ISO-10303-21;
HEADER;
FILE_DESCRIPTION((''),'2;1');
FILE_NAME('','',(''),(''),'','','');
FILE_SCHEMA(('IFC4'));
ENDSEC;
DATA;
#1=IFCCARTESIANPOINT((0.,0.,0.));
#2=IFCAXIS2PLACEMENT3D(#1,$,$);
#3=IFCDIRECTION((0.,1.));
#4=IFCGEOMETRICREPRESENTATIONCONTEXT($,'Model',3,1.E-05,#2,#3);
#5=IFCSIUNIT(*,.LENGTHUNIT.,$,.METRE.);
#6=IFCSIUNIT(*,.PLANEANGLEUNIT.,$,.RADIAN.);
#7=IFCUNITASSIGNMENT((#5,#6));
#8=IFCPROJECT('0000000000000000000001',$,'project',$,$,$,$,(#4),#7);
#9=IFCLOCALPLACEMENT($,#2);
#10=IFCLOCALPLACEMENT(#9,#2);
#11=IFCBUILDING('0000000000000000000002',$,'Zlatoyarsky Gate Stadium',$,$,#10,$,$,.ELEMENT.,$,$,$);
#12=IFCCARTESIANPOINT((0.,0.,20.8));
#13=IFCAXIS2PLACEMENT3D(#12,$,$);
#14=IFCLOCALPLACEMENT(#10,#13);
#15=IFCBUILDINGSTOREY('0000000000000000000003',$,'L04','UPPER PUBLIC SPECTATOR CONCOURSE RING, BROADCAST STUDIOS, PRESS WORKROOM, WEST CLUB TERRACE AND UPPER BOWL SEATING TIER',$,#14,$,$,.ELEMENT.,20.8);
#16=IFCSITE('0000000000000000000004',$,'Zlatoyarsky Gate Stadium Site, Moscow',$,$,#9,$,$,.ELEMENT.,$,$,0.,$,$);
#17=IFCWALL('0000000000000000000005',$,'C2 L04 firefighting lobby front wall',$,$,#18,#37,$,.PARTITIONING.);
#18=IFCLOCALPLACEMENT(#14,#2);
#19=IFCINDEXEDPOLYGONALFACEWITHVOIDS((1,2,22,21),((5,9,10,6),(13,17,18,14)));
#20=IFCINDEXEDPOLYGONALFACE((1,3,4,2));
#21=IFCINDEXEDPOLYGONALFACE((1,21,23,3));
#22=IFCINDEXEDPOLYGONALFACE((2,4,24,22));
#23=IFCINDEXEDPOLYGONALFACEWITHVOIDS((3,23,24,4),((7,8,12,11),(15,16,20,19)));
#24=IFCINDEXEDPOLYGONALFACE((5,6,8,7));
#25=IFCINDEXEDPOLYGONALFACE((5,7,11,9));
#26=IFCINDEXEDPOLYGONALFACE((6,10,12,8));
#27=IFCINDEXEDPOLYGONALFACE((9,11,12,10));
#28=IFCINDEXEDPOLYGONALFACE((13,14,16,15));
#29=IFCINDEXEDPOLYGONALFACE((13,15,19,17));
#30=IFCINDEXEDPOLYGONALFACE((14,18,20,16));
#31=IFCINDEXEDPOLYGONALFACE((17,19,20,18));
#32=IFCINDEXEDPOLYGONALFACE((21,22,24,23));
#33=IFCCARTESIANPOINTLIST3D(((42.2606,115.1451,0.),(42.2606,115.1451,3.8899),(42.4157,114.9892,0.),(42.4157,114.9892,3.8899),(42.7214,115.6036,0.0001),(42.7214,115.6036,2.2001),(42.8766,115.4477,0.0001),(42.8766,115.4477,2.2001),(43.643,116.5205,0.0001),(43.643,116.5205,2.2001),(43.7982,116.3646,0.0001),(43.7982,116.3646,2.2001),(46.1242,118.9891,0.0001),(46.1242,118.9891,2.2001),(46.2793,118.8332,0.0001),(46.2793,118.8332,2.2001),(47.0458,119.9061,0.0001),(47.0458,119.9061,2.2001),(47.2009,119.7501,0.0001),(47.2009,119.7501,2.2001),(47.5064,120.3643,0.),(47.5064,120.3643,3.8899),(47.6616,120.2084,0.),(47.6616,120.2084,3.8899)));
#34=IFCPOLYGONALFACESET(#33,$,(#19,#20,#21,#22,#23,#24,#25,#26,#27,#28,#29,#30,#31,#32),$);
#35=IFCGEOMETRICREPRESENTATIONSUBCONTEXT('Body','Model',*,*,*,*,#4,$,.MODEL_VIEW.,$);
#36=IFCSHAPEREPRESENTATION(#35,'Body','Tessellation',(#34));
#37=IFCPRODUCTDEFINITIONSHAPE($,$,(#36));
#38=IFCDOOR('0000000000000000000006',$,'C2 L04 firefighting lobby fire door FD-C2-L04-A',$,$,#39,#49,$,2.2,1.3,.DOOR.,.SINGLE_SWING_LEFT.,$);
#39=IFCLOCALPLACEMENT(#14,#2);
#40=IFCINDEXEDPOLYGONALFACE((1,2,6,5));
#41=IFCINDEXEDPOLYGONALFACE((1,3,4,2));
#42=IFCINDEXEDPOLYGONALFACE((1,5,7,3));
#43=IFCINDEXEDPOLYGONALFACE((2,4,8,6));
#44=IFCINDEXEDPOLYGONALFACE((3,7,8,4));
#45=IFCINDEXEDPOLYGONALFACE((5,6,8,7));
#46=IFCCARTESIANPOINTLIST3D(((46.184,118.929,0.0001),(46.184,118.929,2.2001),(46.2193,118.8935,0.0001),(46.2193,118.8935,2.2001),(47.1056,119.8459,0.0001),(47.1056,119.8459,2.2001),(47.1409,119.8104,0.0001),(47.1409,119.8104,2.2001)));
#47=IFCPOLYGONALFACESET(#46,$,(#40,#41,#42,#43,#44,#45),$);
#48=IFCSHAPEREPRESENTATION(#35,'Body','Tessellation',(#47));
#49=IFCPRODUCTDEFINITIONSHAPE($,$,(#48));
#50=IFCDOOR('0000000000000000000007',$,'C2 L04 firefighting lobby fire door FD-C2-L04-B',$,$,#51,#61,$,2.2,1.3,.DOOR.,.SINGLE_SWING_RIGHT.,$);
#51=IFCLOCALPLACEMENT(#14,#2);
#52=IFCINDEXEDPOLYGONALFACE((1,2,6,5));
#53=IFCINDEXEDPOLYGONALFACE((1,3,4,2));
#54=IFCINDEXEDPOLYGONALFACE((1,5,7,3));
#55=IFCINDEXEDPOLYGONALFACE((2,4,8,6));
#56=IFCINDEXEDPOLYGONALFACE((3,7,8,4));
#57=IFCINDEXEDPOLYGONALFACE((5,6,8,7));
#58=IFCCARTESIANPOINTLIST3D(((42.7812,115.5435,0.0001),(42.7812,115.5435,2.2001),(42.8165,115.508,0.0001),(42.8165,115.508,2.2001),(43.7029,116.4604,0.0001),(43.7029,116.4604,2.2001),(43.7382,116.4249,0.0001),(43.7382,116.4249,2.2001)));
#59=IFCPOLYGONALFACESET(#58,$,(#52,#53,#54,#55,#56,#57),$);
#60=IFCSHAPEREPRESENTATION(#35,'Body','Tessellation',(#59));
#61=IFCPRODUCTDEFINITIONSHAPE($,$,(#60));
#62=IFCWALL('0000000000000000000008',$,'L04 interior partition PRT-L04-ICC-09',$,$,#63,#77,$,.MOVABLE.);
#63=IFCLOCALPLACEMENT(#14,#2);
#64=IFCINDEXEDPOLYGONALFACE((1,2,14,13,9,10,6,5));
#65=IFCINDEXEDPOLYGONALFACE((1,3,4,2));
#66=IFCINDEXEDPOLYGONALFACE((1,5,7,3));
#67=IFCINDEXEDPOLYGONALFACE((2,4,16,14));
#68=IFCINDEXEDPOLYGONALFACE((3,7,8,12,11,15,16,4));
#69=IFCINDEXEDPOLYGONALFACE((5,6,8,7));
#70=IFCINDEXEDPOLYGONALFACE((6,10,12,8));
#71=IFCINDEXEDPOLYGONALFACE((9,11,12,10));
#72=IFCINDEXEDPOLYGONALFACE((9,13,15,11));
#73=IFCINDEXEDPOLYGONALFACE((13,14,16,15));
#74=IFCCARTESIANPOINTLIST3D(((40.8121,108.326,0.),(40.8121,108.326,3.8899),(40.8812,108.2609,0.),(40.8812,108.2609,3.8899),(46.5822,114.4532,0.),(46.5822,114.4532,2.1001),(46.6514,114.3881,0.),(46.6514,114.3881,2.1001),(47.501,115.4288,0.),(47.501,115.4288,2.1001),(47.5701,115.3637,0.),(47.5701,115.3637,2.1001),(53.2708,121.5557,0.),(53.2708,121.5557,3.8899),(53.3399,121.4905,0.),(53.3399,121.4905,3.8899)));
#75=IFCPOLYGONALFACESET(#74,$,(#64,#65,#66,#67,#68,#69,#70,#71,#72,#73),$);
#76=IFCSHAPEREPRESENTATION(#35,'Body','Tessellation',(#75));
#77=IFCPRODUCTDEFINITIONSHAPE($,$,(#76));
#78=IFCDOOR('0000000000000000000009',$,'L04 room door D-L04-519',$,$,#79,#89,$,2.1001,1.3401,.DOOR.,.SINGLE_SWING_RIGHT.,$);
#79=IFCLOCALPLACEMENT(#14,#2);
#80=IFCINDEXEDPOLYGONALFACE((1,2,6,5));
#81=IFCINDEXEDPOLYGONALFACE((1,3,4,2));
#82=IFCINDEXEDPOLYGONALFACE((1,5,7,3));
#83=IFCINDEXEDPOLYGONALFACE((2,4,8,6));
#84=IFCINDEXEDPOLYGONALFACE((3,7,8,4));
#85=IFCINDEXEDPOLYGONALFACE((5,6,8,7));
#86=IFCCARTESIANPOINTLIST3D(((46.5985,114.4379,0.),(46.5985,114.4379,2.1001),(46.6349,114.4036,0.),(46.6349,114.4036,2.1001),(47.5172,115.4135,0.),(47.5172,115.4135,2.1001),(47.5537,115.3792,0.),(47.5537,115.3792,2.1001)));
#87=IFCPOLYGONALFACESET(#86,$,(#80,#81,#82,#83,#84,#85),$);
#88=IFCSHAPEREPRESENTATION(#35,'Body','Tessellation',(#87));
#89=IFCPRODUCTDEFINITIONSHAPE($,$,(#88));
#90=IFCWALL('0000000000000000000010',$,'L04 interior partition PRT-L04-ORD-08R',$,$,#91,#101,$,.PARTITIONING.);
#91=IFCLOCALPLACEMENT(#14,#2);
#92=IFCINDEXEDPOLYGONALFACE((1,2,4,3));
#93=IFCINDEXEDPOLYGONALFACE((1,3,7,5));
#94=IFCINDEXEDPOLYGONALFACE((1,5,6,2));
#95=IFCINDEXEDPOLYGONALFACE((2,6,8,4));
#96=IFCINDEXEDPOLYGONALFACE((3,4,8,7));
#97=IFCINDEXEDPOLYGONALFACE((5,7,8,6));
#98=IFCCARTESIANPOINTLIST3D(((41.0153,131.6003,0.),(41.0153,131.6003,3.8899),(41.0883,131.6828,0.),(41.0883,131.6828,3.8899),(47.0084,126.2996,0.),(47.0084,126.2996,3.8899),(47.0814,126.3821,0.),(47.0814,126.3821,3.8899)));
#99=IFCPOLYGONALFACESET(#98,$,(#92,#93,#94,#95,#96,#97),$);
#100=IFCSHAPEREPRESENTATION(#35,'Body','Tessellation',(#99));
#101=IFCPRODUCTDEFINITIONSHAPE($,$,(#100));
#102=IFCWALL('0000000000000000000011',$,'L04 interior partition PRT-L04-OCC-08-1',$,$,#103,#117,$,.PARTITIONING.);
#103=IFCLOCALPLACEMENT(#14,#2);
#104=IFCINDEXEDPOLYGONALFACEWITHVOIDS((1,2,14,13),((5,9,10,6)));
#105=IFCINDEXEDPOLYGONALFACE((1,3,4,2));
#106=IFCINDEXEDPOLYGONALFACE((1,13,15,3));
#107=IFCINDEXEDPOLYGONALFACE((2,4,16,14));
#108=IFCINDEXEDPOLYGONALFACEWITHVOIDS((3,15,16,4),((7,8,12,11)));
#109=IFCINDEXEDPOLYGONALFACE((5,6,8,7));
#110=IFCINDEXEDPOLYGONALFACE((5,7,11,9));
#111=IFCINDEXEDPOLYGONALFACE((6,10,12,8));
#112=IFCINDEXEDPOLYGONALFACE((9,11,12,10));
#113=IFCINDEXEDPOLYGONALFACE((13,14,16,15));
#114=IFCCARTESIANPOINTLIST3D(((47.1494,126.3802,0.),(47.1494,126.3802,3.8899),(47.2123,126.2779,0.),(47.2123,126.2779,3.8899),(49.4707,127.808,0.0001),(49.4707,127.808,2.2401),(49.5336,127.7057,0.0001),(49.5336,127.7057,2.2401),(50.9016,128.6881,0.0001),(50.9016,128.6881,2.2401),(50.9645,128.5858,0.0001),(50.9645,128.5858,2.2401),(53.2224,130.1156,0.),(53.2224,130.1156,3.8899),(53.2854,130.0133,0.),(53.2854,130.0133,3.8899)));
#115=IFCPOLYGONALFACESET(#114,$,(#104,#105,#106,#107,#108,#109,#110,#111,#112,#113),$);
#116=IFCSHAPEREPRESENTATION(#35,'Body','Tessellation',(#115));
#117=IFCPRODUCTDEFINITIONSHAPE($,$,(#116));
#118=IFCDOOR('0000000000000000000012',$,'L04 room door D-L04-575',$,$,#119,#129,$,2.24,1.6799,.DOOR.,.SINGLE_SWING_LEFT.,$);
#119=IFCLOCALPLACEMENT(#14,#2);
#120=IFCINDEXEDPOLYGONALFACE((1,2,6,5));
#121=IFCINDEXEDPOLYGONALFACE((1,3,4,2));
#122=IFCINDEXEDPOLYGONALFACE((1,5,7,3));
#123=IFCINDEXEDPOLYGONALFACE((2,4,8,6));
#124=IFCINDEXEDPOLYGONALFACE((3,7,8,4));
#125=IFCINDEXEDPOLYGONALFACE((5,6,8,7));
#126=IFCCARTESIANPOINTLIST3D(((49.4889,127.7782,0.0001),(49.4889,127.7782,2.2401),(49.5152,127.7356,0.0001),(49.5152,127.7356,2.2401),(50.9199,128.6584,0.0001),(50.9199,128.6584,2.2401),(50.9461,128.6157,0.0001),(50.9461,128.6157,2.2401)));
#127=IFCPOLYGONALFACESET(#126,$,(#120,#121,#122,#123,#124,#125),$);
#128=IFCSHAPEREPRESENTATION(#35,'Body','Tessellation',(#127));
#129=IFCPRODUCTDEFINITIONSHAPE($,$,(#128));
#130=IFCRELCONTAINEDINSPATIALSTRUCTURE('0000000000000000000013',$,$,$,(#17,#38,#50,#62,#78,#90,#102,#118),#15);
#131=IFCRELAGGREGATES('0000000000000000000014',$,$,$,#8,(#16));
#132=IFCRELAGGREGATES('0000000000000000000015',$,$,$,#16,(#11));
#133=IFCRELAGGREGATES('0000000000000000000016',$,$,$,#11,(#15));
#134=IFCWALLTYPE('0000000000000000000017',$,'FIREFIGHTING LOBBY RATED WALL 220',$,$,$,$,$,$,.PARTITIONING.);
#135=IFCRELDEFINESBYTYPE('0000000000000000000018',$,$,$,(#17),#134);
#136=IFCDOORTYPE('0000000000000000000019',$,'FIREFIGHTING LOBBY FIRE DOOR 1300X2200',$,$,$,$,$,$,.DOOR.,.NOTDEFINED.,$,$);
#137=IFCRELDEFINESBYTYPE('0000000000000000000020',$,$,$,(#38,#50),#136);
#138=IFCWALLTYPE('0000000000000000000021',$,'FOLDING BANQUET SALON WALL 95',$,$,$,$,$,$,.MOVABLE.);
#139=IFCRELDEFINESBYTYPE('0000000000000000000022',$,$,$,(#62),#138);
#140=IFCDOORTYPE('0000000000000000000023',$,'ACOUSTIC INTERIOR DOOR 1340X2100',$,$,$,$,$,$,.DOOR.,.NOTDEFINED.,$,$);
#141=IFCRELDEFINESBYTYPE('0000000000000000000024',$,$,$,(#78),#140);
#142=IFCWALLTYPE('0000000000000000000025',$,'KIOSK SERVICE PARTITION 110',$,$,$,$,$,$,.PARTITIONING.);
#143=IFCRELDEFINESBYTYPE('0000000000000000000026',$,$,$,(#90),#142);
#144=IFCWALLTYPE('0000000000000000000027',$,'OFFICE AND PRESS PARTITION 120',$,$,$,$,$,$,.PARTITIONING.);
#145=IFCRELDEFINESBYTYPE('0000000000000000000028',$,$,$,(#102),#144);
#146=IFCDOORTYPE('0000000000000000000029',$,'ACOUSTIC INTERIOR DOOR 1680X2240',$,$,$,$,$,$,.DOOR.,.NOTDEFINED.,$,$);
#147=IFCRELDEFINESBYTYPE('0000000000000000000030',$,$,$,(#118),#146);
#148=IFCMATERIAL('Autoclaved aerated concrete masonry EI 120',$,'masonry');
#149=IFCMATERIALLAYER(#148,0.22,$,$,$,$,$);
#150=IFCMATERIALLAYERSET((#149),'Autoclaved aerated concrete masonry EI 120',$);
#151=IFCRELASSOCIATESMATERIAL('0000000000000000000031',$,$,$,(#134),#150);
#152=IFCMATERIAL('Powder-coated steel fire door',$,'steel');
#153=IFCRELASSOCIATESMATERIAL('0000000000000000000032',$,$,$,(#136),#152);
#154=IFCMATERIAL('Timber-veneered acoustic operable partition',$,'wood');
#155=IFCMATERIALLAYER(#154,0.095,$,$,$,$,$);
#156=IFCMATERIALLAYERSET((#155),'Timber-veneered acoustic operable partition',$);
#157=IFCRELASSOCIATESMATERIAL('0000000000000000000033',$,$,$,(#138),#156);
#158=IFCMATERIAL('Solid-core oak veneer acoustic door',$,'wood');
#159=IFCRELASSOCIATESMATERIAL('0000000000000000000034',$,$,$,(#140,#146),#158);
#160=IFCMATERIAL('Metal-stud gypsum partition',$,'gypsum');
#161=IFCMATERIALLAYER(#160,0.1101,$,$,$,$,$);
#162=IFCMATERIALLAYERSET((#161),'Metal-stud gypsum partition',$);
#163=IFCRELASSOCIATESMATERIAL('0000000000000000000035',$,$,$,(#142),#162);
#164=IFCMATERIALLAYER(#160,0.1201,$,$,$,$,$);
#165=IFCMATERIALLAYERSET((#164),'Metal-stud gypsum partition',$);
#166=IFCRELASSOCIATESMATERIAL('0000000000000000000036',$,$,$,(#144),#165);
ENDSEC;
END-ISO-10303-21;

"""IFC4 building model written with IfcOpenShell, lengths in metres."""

from ifc_helpers import new_model, si_unit, direction, frame, frame_2d, origin, place, context, subcontext, project, spatial, rectangle, extrude, material, layer, layer_set, type_object, element, fill, save


model = new_model("IFC4")

# Units and contexts
model_context = context("Model", 3, precision=1e-05, world=origin(), true_north=direction((0.0, 1.0)))
body_context = subcontext(model_context, "Body", "Model", "MODEL_VIEW")
ifc_project = project(units=[si_unit("LENGTHUNIT", "METRE"), si_unit("PLANEANGLEUNIT", "RADIAN")], contexts=[model_context])

# Site, building, storey
site_placement = place(None, origin())
site = spatial("IfcSite", under=ifc_project, at=site_placement, Name="Zlatoyarsky Gate Stadium Site, Moscow", CompositionType="ELEMENT", RefElevation=0.0)
building_placement = place(site_placement, origin())
building = spatial("IfcBuilding", under=site, at=building_placement, Name="Zlatoyarsky Gate Stadium", CompositionType="ELEMENT")
storey_placement = place(building_placement, frame((0.0, 0.0, 20.8)))
storey = spatial("IfcBuildingStorey", under=building, at=storey_placement, Name="L04", Description="UPPER PUBLIC SPECTATOR CONCOURSE RING, BROADCAST STUDIOS, PRESS WORKROOM, WEST CLUB TERRACE AND UPPER BOWL SEATING TIER", CompositionType="ELEMENT", Elevation=20.8)

# Wall, openings, doors
ifc_material_1 = material(Name="Autoclaved aerated concrete masonry EI 120", Category="masonry")
ifc_layer_1 = layer(ifc_material_1, 0.22)
ifc_layer_set_1 = layer_set([ifc_layer_1], Name="Autoclaved aerated concrete masonry EI 120")
wall_type_1 = type_object("IfcWallType", Name="FIREFIGHTING LOBBY RATED WALL 220", PredefinedType="PARTITIONING", material=ifc_layer_set_1)
wall_1_placement = place(storey_placement, frame((47.584, 120.2864, 0.0), z_axis=(0.0, 0.0, 1.0), x_axis=(-0.708903, -0.705306, 0.0)))
wall_1 = element("IfcWall", 1, at=wall_1_placement, inside=storey, type_object=wall_type_1, Name="C2 L04 firefighting lobby front wall", PredefinedType="PARTITIONING", context=body_context, shape_type="SweptSolid", body=[
    extrude(rectangle(XDim=7.3999, YDim=0.22, at=frame_2d((3.7, 0.0))), origin(), (0.0, 0.0, 1.0), 3.8899),
])
opening_1_placement = place(wall_1_placement, frame((0.6499, 0.0, 0.0)))
opening_1 = element("IfcOpeningElement", 2, at=opening_1_placement, cuts=wall_1, PredefinedType="OPENING", context=body_context, shape_type="SweptSolid", body=[
    extrude(rectangle(XDim=1.3, YDim=2.2, at=frame_2d((0.6499, 1.1001))), frame((0.0, 0.1199, 0.0), z_axis=(0.0, -1.0, 0.0), x_axis=(1.0, 0.0, 0.0)), (0.0, 0.0, 1.0), 0.24),
])
opening_2_placement = place(wall_1_placement, frame((5.45, 0.0, 0.0)))
opening_2 = element("IfcOpeningElement", 3, at=opening_2_placement, cuts=wall_1, PredefinedType="OPENING", context=body_context, shape_type="SweptSolid", body=[
    extrude(rectangle(XDim=1.3, YDim=2.2, at=frame_2d((0.6499, 1.1001))), frame((0.0, 0.1199, 0.0), z_axis=(0.0, -1.0, 0.0), x_axis=(1.0, 0.0, 0.0)), (0.0, 0.0, 1.0), 0.24),
])
ifc_material_2 = material(Name="Powder-coated steel fire door", Category="steel")
door_type_1 = type_object("IfcDoorType", Name="FIREFIGHTING LOBBY FIRE DOOR 1300X2200", OperationType="NOTDEFINED", PredefinedType="DOOR", material=ifc_material_2)
door_1_placement = place(opening_1_placement, origin())
door_1 = element("IfcDoor", 4, at=door_1_placement, inside=storey, type_object=door_type_1, Name="C2 L04 firefighting lobby fire door FD-C2-L04-A", OperationType="SINGLE_SWING_LEFT", OverallHeight=2.2, OverallWidth=1.3, PredefinedType="DOOR", context=body_context, shape_type="SweptSolid", body=[
    extrude(rectangle(XDim=1.3, YDim=2.2, at=frame_2d((0.6499, 1.1001))), frame((0.0, 0.0249, 0.0), z_axis=(0.0, -1.0, 0.0), x_axis=(1.0, 0.0, 0.0)), (0.0, 0.0, 1.0), 0.05),
])
fill(opening_1, door_1)
door_2_placement = place(opening_2_placement, origin())
door_2 = element("IfcDoor", 5, at=door_2_placement, inside=storey, type_object=door_type_1, Name="C2 L04 firefighting lobby fire door FD-C2-L04-B", OperationType="SINGLE_SWING_RIGHT", OverallHeight=2.2, OverallWidth=1.3, PredefinedType="DOOR", context=body_context, shape_type="SweptSolid", body=[
    extrude(rectangle(XDim=1.3, YDim=2.2, at=frame_2d((0.6499, 1.1001))), frame((0.0, 0.0249, 0.0), z_axis=(0.0, -1.0, 0.0), x_axis=(1.0, 0.0, 0.0)), (0.0, 0.0, 1.0), 0.05),
])
fill(opening_2, door_2)

# Wall, opening, door
ifc_material_3 = material(Name="Timber-veneered acoustic operable partition", Category="wood")
ifc_layer_2 = layer(ifc_material_3, 0.095)
ifc_layer_set_2 = layer_set([ifc_layer_2], Name="Timber-veneered acoustic operable partition")
wall_type_2 = type_object("IfcWallType", Name="FOLDING BANQUET SALON WALL 95", PredefinedType="MOVABLE", material=ifc_layer_set_2)
wall_2_placement = place(storey_placement, frame((53.3054, 121.5232, 0.0), z_axis=(0.0, 0.0, 1.0), x_axis=(-0.685575, -0.728002, 0.0)))
wall_2 = element("IfcWall", 6, at=wall_2_placement, inside=storey, type_object=wall_type_2, Name="L04 interior partition PRT-L04-ICC-09", PredefinedType="MOVABLE", context=body_context, shape_type="SweptSolid", body=[
    extrude(rectangle(XDim=18.1726, YDim=0.095, at=frame_2d((9.0864, 0.0))), origin(), (0.0, 0.0, 1.0), 3.8899),
])
opening_3_placement = place(wall_2_placement, frame((8.4163, 0.0, 0.0)))
opening_3 = element("IfcOpeningElement", 7, at=opening_3_placement, cuts=wall_2, PredefinedType="OPENING", context=body_context, shape_type="SweptSolid", body=[
    extrude(rectangle(XDim=1.3401, YDim=2.1001, at=frame_2d((0.6699, 1.05))), frame((0.0, 0.0574, 0.0), z_axis=(0.0, -1.0, 0.0), x_axis=(1.0, 0.0, 0.0)), (0.0, 0.0, 1.0), 0.115),
])
ifc_material_4 = material(Name="Solid-core oak veneer acoustic door", Category="wood")
door_type_2 = type_object("IfcDoorType", Name="ACOUSTIC INTERIOR DOOR 1340X2100", OperationType="NOTDEFINED", PredefinedType="DOOR", material=ifc_material_4)
door_3_placement = place(opening_3_placement, origin())
door_3 = element("IfcDoor", 8, at=door_3_placement, inside=storey, type_object=door_type_2, Name="L04 room door D-L04-519", OperationType="SINGLE_SWING_RIGHT", OverallHeight=2.1001, OverallWidth=1.3401, PredefinedType="DOOR", context=body_context, shape_type="SweptSolid", body=[
    extrude(rectangle(XDim=1.3401, YDim=2.1001, at=frame_2d((0.6699, 1.05))), frame((0.0, 0.0249, 0.0), z_axis=(0.0, -1.0, 0.0), x_axis=(1.0, 0.0, 0.0)), (0.0, 0.0, 1.0), 0.05),
])
fill(opening_3, door_3)

# Wall
ifc_material_5 = material(Name="Metal-stud gypsum partition", Category="gypsum")
ifc_layer_3 = layer(ifc_material_5, 0.1101)
ifc_layer_set_3 = layer_set([ifc_layer_3], Name="Metal-stud gypsum partition")
wall_type_3 = type_object("IfcWallType", Name="KIOSK SERVICE PARTITION 110", PredefinedType="PARTITIONING", material=ifc_layer_set_3)
wall_3_placement = place(storey_placement, frame((47.0449, 126.3408, 0.0), z_axis=(0.0, 0.0, 1.0), x_axis=(-0.74905, 0.662513, 0.0)))
element("IfcWall", 9, at=wall_3_placement, inside=storey, type_object=wall_type_3, Name="L04 interior partition PRT-L04-ORD-08R", PredefinedType="PARTITIONING", context=body_context, shape_type="SweptSolid", body=[
    extrude(rectangle(XDim=8.001, YDim=0.1101, at=frame_2d((4.0005, 0.0))), origin(), (0.0, 0.0, 1.0), 3.8899),
])

# Wall, opening, door
ifc_layer_4 = layer(ifc_material_5, 0.1201)
ifc_layer_set_4 = layer_set([ifc_layer_4], Name="Metal-stud gypsum partition")
wall_type_4 = type_object("IfcWallType", Name="OFFICE AND PRESS PARTITION 120", PredefinedType="PARTITIONING", material=ifc_layer_set_4)
wall_4_placement = place(storey_placement, frame((53.2539, 130.0645, 0.0), z_axis=(0.0, 0.0, 1.0), x_axis=(-0.851776, -0.523906, 0.0)))
wall_4 = element("IfcWall", 10, at=wall_4_placement, inside=storey, type_object=wall_type_4, Name="L04 interior partition PRT-L04-OCC-08-1", PredefinedType="PARTITIONING", context=body_context, shape_type="SweptSolid", body=[
    extrude(rectangle(XDim=7.1299, YDim=0.1201, at=frame_2d((3.5649, 0.0))), origin(), (0.0, 0.0, 1.0), 3.8899),
])
opening_4_placement = place(wall_4_placement, frame((2.7249, 0.0, 0.0)))
opening_4 = element("IfcOpeningElement", 11, at=opening_4_placement, cuts=wall_4, PredefinedType="OPENING", context=body_context, shape_type="SweptSolid", body=[
    extrude(rectangle(XDim=1.6799, YDim=2.24, at=frame_2d((0.8398, 1.1201))), frame((0.0, 0.0701, 0.0), z_axis=(0.0, -1.0, 0.0), x_axis=(1.0, 0.0, 0.0)), (0.0, 0.0, 1.0), 0.1401),
])
door_type_3 = type_object("IfcDoorType", Name="ACOUSTIC INTERIOR DOOR 1680X2240", OperationType="NOTDEFINED", PredefinedType="DOOR", material=ifc_material_4)
door_4_placement = place(opening_4_placement, origin())
door_4 = element("IfcDoor", 12, at=door_4_placement, inside=storey, type_object=door_type_3, Name="L04 room door D-L04-575", OperationType="SINGLE_SWING_LEFT", OverallHeight=2.24, OverallWidth=1.6799, PredefinedType="DOOR", context=body_context, shape_type="SweptSolid", body=[
    extrude(rectangle(XDim=1.6799, YDim=2.24, at=frame_2d((0.8398, 1.1201))), frame((0.0, 0.0249, 0.0), z_axis=(0.0, -1.0, 0.0), x_axis=(1.0, 0.0, 0.0)), (0.0, 0.0, 1.0), 0.05),
])
fill(opening_4, door_4)

save(model, "model.ifc")
